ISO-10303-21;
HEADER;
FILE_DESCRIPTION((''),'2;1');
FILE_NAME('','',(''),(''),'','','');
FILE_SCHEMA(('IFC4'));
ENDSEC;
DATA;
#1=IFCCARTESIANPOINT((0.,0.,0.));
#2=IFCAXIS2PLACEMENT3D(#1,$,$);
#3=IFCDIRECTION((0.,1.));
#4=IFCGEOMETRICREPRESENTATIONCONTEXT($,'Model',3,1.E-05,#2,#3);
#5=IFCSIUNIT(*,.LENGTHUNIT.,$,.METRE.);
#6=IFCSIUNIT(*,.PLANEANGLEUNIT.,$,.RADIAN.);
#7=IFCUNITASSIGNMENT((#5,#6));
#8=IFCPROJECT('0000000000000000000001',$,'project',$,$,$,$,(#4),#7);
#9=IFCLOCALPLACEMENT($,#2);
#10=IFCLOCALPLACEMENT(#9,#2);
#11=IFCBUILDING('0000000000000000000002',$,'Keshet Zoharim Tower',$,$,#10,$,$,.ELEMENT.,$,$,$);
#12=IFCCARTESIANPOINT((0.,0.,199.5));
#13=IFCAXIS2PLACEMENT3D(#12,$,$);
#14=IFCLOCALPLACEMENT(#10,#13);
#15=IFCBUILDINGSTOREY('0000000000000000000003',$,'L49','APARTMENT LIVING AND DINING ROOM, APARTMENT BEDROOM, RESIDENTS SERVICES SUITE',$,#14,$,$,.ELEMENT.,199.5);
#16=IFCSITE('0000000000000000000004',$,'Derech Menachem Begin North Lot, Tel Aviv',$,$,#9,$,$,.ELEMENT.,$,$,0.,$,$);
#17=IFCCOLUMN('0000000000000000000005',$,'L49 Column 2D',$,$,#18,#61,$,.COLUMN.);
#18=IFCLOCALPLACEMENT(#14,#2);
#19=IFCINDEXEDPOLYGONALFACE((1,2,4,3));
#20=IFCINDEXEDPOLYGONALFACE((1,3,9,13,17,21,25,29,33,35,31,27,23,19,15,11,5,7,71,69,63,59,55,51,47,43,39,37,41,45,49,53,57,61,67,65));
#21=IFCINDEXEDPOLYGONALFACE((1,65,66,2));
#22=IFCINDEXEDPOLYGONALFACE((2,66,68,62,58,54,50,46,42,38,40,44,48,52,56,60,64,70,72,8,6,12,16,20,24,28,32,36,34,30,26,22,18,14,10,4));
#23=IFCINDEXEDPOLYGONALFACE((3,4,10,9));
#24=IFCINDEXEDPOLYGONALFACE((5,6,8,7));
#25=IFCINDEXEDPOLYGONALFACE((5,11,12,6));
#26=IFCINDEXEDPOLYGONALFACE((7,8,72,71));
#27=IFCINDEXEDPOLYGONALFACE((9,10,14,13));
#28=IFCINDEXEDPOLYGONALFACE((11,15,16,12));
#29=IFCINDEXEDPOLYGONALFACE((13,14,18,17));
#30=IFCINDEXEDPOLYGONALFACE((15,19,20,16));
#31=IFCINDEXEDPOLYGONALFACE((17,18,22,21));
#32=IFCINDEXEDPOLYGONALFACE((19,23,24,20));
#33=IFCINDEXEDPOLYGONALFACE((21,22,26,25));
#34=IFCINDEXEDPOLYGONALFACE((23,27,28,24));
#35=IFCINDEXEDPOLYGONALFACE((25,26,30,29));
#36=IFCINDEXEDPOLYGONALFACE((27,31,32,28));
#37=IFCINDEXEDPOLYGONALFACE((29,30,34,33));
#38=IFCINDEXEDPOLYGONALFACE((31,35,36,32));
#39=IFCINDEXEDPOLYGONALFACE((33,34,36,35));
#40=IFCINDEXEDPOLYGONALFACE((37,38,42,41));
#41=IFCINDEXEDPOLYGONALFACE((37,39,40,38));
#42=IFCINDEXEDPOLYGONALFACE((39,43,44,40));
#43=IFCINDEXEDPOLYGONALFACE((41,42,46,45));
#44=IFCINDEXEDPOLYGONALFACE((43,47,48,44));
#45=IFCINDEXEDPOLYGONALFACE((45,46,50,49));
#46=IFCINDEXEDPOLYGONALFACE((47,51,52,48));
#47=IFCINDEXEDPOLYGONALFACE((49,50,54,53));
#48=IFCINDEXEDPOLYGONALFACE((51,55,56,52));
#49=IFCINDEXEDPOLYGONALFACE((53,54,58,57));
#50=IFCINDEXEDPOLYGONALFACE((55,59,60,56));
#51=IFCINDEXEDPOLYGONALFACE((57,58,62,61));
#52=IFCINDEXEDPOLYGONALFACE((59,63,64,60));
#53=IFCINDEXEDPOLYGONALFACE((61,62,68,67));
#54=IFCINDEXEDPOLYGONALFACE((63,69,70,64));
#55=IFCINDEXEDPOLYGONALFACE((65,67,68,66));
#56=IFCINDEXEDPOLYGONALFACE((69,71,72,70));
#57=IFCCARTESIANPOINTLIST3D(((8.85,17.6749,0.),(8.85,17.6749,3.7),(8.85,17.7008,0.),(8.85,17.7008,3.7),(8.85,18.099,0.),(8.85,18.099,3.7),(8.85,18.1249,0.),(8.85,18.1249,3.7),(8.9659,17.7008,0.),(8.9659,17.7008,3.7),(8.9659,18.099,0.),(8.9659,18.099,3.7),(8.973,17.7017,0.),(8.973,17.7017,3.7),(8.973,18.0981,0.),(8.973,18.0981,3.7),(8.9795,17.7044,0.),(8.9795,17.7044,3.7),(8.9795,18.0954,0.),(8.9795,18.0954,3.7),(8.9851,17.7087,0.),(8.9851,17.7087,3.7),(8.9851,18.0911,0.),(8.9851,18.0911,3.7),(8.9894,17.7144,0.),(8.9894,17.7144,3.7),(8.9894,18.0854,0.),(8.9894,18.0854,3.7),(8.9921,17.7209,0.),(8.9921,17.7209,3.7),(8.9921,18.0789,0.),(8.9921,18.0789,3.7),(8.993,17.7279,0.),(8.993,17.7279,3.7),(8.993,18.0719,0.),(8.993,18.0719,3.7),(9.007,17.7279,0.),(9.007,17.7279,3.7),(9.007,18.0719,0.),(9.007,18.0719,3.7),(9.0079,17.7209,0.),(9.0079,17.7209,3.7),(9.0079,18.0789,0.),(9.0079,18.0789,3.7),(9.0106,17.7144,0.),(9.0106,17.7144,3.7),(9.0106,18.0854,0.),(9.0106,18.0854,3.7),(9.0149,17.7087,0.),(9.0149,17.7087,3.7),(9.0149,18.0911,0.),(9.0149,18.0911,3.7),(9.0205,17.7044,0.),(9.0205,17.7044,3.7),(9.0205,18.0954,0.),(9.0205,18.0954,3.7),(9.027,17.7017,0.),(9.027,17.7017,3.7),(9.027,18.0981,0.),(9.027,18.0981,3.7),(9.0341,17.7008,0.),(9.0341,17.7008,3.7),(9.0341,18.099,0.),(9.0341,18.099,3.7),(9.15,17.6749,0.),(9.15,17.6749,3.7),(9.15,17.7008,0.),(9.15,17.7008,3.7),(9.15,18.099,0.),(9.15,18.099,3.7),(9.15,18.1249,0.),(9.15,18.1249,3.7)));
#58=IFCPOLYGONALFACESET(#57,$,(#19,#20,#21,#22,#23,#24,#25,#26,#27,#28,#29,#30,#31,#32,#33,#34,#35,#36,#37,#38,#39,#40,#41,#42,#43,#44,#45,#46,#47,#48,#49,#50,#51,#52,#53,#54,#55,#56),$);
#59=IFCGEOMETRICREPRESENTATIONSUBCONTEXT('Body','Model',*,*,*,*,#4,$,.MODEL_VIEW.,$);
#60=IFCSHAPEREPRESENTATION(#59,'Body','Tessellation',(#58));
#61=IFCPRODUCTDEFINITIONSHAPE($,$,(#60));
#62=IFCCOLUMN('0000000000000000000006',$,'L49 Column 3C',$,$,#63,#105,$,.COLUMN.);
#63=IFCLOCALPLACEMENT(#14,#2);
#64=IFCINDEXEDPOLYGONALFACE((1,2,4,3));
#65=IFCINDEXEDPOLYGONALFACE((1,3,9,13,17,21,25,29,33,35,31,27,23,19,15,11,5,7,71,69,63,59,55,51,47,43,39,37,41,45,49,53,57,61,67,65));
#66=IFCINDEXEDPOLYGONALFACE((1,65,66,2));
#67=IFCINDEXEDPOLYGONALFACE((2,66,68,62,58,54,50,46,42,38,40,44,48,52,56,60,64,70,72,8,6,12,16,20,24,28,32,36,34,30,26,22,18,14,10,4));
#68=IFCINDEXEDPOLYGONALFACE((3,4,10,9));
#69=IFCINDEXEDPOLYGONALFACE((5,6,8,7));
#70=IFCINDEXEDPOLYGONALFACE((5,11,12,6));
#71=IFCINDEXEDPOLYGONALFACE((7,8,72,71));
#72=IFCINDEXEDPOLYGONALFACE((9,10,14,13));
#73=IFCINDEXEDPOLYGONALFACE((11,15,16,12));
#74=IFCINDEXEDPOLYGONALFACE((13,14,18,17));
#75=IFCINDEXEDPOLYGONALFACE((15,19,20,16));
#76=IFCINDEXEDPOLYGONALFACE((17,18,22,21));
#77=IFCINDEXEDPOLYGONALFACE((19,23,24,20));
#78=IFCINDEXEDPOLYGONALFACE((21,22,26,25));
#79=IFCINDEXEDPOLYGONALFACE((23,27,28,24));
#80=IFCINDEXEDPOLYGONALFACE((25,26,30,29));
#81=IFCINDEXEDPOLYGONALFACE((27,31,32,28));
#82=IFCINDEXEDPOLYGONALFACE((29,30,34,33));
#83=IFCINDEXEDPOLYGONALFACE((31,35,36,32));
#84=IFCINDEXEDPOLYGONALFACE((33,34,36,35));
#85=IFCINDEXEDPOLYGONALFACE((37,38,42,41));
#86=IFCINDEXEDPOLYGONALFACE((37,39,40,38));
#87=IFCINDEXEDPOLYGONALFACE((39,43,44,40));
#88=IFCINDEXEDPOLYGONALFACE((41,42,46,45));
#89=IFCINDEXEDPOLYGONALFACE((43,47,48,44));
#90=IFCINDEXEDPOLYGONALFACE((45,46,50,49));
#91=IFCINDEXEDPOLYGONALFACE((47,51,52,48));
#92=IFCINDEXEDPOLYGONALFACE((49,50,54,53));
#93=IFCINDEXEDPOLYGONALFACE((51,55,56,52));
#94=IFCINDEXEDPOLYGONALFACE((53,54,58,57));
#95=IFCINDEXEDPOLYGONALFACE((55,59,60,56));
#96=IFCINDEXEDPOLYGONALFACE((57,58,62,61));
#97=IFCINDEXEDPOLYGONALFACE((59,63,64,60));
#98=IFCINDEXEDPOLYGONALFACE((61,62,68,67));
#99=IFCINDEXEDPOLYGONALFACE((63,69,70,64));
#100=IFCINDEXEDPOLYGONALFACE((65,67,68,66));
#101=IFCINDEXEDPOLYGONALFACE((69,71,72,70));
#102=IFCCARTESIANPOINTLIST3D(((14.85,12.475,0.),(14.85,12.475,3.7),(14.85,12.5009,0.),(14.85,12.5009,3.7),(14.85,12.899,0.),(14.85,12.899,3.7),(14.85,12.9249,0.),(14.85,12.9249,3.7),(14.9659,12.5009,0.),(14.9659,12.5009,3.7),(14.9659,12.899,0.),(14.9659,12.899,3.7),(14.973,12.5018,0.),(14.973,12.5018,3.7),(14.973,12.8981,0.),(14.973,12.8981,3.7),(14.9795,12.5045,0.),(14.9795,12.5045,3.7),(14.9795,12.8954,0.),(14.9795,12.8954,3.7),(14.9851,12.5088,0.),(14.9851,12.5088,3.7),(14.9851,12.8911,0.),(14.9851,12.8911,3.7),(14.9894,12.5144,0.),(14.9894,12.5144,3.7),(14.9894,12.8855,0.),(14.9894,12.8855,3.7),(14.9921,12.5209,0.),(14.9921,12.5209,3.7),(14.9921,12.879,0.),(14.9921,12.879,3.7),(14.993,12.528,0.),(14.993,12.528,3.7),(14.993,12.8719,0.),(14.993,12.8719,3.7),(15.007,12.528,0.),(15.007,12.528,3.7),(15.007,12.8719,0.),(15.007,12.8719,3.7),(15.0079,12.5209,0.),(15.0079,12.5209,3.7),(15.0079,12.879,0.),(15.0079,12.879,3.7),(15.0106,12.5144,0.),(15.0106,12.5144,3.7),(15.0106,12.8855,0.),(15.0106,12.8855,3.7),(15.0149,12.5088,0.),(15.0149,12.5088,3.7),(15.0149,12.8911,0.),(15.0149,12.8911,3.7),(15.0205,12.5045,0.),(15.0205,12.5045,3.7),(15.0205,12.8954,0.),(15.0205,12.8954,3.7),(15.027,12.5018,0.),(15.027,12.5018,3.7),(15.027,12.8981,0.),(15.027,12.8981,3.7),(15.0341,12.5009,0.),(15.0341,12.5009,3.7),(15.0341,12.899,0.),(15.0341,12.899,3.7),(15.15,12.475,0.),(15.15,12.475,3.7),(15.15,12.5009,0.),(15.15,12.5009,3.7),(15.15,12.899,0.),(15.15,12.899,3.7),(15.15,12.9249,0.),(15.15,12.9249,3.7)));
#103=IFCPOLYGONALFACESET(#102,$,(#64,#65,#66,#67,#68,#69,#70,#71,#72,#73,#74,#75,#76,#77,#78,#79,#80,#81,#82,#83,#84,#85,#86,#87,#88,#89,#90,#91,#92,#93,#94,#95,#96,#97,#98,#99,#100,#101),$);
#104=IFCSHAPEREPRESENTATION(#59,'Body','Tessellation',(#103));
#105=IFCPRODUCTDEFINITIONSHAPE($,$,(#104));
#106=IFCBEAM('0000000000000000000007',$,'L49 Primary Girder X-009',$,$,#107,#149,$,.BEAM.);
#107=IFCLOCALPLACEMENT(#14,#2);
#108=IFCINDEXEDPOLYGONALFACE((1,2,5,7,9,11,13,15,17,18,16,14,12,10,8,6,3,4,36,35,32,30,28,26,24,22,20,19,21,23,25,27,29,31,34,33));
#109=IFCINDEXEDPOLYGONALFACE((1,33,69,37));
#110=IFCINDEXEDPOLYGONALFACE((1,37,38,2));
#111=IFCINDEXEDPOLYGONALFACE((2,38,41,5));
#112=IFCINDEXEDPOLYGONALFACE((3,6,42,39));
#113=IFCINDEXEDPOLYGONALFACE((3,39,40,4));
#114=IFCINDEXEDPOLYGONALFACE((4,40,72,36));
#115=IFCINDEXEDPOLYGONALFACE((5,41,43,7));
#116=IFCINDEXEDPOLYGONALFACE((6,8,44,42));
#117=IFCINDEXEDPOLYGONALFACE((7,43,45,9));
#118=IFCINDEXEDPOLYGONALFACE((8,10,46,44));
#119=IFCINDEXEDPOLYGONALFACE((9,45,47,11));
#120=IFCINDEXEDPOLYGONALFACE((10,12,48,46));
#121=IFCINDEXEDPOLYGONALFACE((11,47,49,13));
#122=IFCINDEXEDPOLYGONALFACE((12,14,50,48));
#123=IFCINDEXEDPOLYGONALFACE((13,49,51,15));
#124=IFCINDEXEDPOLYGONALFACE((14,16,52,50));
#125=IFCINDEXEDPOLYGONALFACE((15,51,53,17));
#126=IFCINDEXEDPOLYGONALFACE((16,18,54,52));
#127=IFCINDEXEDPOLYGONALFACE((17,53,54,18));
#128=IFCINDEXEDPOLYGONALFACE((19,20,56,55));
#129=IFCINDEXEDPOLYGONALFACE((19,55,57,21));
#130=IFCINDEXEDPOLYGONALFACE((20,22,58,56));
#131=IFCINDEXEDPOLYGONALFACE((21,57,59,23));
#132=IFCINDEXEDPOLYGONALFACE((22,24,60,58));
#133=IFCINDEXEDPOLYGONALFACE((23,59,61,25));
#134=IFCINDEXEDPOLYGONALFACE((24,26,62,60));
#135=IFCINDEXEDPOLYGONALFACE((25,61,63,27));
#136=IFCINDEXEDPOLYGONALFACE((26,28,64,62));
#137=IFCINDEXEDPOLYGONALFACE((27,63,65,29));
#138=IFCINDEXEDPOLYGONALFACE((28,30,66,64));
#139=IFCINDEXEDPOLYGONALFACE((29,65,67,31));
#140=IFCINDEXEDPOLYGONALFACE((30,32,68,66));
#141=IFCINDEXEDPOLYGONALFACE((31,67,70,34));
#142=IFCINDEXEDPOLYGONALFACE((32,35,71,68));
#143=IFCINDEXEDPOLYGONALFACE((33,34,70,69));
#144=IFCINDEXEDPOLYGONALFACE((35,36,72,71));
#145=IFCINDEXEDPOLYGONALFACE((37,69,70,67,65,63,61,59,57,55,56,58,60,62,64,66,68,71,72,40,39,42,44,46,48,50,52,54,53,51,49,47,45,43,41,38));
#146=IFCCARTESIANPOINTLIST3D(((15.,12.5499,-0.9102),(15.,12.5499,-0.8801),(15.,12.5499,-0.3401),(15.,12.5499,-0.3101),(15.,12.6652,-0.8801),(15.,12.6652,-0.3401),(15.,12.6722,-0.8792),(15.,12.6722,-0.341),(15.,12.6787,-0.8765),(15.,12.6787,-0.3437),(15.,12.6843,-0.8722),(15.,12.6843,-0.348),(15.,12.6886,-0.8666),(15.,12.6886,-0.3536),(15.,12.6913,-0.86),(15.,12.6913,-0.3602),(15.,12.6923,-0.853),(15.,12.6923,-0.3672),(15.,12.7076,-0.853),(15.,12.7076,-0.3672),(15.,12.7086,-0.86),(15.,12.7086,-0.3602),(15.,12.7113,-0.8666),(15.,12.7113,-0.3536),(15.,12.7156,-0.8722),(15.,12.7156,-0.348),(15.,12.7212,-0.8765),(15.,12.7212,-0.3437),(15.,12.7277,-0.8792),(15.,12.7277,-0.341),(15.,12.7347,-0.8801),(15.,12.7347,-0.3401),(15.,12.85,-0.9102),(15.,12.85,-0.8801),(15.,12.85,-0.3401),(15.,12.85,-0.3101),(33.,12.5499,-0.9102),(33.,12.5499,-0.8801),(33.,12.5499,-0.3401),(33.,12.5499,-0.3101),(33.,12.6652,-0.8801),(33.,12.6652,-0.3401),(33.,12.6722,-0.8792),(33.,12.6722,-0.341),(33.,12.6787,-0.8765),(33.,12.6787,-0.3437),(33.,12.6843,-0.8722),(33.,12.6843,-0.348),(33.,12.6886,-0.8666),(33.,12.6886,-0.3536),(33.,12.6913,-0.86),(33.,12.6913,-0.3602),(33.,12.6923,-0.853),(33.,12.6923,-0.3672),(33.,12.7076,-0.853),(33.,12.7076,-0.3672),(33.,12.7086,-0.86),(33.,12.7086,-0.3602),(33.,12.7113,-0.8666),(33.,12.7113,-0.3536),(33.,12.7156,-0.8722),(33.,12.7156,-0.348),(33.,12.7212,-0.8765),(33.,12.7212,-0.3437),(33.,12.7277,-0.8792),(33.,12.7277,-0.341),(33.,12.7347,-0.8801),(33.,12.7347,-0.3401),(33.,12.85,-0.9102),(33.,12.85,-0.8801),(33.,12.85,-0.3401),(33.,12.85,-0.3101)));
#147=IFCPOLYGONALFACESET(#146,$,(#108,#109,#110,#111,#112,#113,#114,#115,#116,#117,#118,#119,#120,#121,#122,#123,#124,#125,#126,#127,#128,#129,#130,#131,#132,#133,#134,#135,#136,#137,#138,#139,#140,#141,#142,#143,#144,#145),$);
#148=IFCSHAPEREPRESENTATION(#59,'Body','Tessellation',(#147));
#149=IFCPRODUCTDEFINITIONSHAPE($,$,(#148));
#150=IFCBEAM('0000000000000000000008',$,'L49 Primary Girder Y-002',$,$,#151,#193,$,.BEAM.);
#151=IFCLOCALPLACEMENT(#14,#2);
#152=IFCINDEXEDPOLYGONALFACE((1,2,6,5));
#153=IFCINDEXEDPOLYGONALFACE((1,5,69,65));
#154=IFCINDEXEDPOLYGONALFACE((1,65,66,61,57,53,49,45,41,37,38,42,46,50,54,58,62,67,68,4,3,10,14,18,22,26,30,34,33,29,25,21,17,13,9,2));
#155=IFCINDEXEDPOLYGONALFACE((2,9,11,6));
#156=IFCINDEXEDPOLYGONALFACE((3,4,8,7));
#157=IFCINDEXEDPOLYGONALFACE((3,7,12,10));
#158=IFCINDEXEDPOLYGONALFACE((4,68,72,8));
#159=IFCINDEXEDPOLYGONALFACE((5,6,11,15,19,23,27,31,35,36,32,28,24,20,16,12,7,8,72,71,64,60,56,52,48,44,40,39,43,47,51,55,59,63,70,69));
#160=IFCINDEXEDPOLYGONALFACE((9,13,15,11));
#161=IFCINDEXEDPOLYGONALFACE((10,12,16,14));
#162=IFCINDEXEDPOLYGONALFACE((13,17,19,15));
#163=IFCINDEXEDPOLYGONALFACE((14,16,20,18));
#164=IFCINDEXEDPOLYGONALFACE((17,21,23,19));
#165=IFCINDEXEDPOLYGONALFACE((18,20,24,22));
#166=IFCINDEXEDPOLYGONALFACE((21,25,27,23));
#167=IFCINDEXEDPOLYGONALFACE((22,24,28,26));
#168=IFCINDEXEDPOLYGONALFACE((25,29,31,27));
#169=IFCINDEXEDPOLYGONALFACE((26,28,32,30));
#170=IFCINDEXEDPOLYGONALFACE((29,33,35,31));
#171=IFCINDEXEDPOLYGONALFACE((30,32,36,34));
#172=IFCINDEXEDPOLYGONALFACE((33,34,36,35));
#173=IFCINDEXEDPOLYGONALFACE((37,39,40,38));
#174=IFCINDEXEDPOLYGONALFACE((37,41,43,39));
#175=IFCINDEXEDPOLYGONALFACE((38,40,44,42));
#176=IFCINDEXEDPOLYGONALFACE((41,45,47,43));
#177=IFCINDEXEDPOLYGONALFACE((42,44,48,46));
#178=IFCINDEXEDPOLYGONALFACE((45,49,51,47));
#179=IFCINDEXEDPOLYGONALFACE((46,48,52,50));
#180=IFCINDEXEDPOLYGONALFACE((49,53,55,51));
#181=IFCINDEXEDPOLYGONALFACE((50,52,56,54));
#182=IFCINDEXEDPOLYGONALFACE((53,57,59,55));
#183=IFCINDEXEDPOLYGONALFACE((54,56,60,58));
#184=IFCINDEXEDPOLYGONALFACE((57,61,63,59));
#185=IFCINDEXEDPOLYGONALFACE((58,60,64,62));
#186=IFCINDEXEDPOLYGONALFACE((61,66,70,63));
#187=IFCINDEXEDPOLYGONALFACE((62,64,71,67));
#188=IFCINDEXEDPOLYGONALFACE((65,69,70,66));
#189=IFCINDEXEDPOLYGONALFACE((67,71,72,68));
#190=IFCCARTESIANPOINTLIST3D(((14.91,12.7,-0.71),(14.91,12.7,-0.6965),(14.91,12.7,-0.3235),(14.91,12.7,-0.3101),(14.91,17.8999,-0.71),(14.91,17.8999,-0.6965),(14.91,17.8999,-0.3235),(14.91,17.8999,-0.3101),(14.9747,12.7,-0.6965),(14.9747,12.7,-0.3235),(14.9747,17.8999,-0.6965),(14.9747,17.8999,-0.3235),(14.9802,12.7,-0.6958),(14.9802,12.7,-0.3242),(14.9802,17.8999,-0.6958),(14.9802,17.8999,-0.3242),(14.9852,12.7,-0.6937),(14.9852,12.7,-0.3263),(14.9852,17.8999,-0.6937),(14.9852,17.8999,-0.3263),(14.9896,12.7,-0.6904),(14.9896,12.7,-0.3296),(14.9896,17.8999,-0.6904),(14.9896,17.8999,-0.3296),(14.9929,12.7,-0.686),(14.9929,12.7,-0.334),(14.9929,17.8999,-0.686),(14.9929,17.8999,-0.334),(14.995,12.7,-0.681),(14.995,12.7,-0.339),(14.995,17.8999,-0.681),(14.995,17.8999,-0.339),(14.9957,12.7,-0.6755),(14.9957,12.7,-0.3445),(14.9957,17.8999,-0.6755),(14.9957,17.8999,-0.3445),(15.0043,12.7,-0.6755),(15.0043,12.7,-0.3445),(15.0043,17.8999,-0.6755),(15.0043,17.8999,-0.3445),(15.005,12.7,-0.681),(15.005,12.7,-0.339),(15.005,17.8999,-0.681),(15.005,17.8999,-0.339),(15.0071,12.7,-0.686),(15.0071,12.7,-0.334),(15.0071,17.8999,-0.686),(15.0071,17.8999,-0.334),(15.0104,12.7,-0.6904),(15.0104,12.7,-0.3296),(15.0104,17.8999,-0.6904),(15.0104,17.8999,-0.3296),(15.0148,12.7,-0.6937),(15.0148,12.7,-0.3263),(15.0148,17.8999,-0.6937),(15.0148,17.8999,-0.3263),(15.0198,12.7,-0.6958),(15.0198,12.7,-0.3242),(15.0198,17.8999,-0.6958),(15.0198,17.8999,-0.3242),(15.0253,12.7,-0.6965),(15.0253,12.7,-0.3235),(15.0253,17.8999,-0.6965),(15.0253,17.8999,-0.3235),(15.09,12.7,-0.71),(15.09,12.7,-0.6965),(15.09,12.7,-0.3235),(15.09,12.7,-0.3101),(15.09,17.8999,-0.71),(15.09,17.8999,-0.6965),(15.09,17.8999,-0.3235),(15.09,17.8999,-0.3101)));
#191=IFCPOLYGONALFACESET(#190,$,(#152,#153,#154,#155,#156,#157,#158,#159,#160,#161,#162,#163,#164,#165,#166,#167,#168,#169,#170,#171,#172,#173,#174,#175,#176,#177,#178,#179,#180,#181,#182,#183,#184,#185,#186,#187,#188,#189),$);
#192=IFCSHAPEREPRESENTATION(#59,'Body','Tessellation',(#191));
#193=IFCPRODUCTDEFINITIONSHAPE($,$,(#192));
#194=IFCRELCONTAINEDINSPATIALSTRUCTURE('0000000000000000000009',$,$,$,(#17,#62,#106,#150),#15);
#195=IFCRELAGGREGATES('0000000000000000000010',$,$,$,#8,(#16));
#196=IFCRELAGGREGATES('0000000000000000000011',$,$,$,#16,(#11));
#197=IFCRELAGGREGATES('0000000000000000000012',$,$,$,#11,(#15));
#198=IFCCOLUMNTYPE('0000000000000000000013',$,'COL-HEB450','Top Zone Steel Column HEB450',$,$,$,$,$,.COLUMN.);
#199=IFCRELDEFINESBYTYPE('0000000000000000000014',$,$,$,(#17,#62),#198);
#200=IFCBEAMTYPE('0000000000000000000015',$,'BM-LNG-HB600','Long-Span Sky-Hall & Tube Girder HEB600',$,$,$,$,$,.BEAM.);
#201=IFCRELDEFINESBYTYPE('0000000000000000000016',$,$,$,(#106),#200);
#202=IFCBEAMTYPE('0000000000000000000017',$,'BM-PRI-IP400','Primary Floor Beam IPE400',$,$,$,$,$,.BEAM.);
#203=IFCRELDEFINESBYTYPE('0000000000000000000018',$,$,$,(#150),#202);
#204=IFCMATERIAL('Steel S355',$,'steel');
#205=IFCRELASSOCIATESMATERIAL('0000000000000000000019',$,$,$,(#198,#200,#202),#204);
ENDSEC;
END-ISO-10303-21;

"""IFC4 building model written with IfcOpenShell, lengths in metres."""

from ifc_helpers import new_model, si_unit, direction, frame, origin, origin_2d, place, context, subcontext, project, spatial, i_section, extrude, material, material_profile, profile_set, type_object, element, save


model = new_model("IFC4")

# Units and contexts
model_context = context("Model", 3, precision=1e-05, world=origin(), true_north=direction((0.0, 1.0)))
body_context = subcontext(model_context, "Body", "Model", "MODEL_VIEW")
ifc_project = project(units=[si_unit("LENGTHUNIT", "METRE"), si_unit("PLANEANGLEUNIT", "RADIAN")], contexts=[model_context])

# Site, building, storey
site_placement = place(None, origin())
site = spatial("IfcSite", under=ifc_project, at=site_placement, Name="Derech Menachem Begin North Lot, Tel Aviv", CompositionType="ELEMENT", RefElevation=0.0)
building_placement = place(site_placement, origin())
building = spatial("IfcBuilding", under=site, at=building_placement, Name="Keshet Zoharim Tower", CompositionType="ELEMENT")
storey_placement = place(building_placement, frame((0.0, 0.0, 199.5)))
storey = spatial("IfcBuildingStorey", under=building, at=storey_placement, Name="L49", Description="APARTMENT LIVING AND DINING ROOM, APARTMENT BEDROOM, RESIDENTS SERVICES SUITE", CompositionType="ELEMENT", Elevation=199.5)

# Columns
ifc_material_1 = material(Name="Steel S355", Category="steel")
ifc_material_profile_1 = material_profile(ifc_material_1, i_section(OverallWidth=0.3, OverallDepth=0.45, WebThickness=0.0139, FlangeThickness=0.0259, FilletRadius=0.0271, at=origin_2d()), Name="HEB450")
ifc_profile_set_1 = profile_set([ifc_material_profile_1], Name="Steel S355")
column_type = type_object("IfcColumnType", Name="COL-HEB450", Description="Top Zone Steel Column HEB450", PredefinedType="COLUMN", material=ifc_profile_set_1)
for number, where, z_axis, x_axis, name in (
    (1, (9.0, 17.8999, 0.0), (0.0, 0.0, 1.0), (1.0, 0.0, 0.0), "L49 Column 2D"),
    (2, (15.0, 12.7, 0.0), (0.0, 0.0, 1.0), (1.0, 0.0, 0.0), "L49 Column 3C"),
):
    element("IfcColumn", number, at=place(storey_placement, frame(where, z_axis=z_axis, x_axis=x_axis)), inside=storey, type_object=column_type, Name=name, PredefinedType="COLUMN", context=body_context, shape_type="SweptSolid", body=[
        extrude(i_section(OverallWidth=0.3, OverallDepth=0.45, WebThickness=0.0139, FlangeThickness=0.0259, FilletRadius=0.0271, at=origin_2d()), origin(), (0.0, 0.0, 1.0), 3.7),
    ])

# Beams
ifc_material_profile_2 = material_profile(ifc_material_1, i_section(OverallWidth=0.3, OverallDepth=0.6001, WebThickness=0.0154, FlangeThickness=0.03, FilletRadius=0.0271, at=origin_2d()), Name="HEB600")
ifc_profile_set_2 = profile_set([ifc_material_profile_2], Name="Steel S355")
beam_type_1 = type_object("IfcBeamType", Name="BM-LNG-HB600", Description="Long-Span Sky-Hall & Tube Girder HEB600", PredefinedType="BEAM", material=ifc_profile_set_2)
beam_1_placement = place(storey_placement, frame((15.0, 12.7, -0.6101), z_axis=(1.0, 0.0, 0.0), x_axis=(0.0, 1.0, 0.0)))
element("IfcBeam", 3, at=beam_1_placement, inside=storey, type_object=beam_type_1, Name="L49 Primary Girder X-009", PredefinedType="BEAM", context=body_context, shape_type="SweptSolid", body=[
    extrude(i_section(OverallWidth=0.3, OverallDepth=0.6001, WebThickness=0.0154, FlangeThickness=0.03, FilletRadius=0.0271, at=origin_2d()), origin(), (0.0, 0.0, 1.0), 18.0),
])
ifc_material_profile_3 = material_profile(ifc_material_1, i_section(OverallWidth=0.1799, OverallDepth=0.3999, WebThickness=0.0085, FlangeThickness=0.0134, FilletRadius=0.021, at=origin_2d()), Name="IPE400")
ifc_profile_set_3 = profile_set([ifc_material_profile_3], Name="Steel S355")
beam_type_2 = type_object("IfcBeamType", Name="BM-PRI-IP400", Description="Primary Floor Beam IPE400", PredefinedType="BEAM", material=ifc_profile_set_3)
beam_2_placement = place(storey_placement, frame((15.0, 12.7, -0.51), z_axis=(0.0, 1.0, 0.0), x_axis=(-1.0, 0.0, 0.0)))
element("IfcBeam", 4, at=beam_2_placement, inside=storey, type_object=beam_type_2, Name="L49 Primary Girder Y-002", PredefinedType="BEAM", context=body_context, shape_type="SweptSolid", body=[
    extrude(i_section(OverallWidth=0.1799, OverallDepth=0.3999, WebThickness=0.0085, FlangeThickness=0.0134, FilletRadius=0.021, at=origin_2d()), origin(), (0.0, 0.0, 1.0), 5.2),
])

save(model, "model.ifc")
